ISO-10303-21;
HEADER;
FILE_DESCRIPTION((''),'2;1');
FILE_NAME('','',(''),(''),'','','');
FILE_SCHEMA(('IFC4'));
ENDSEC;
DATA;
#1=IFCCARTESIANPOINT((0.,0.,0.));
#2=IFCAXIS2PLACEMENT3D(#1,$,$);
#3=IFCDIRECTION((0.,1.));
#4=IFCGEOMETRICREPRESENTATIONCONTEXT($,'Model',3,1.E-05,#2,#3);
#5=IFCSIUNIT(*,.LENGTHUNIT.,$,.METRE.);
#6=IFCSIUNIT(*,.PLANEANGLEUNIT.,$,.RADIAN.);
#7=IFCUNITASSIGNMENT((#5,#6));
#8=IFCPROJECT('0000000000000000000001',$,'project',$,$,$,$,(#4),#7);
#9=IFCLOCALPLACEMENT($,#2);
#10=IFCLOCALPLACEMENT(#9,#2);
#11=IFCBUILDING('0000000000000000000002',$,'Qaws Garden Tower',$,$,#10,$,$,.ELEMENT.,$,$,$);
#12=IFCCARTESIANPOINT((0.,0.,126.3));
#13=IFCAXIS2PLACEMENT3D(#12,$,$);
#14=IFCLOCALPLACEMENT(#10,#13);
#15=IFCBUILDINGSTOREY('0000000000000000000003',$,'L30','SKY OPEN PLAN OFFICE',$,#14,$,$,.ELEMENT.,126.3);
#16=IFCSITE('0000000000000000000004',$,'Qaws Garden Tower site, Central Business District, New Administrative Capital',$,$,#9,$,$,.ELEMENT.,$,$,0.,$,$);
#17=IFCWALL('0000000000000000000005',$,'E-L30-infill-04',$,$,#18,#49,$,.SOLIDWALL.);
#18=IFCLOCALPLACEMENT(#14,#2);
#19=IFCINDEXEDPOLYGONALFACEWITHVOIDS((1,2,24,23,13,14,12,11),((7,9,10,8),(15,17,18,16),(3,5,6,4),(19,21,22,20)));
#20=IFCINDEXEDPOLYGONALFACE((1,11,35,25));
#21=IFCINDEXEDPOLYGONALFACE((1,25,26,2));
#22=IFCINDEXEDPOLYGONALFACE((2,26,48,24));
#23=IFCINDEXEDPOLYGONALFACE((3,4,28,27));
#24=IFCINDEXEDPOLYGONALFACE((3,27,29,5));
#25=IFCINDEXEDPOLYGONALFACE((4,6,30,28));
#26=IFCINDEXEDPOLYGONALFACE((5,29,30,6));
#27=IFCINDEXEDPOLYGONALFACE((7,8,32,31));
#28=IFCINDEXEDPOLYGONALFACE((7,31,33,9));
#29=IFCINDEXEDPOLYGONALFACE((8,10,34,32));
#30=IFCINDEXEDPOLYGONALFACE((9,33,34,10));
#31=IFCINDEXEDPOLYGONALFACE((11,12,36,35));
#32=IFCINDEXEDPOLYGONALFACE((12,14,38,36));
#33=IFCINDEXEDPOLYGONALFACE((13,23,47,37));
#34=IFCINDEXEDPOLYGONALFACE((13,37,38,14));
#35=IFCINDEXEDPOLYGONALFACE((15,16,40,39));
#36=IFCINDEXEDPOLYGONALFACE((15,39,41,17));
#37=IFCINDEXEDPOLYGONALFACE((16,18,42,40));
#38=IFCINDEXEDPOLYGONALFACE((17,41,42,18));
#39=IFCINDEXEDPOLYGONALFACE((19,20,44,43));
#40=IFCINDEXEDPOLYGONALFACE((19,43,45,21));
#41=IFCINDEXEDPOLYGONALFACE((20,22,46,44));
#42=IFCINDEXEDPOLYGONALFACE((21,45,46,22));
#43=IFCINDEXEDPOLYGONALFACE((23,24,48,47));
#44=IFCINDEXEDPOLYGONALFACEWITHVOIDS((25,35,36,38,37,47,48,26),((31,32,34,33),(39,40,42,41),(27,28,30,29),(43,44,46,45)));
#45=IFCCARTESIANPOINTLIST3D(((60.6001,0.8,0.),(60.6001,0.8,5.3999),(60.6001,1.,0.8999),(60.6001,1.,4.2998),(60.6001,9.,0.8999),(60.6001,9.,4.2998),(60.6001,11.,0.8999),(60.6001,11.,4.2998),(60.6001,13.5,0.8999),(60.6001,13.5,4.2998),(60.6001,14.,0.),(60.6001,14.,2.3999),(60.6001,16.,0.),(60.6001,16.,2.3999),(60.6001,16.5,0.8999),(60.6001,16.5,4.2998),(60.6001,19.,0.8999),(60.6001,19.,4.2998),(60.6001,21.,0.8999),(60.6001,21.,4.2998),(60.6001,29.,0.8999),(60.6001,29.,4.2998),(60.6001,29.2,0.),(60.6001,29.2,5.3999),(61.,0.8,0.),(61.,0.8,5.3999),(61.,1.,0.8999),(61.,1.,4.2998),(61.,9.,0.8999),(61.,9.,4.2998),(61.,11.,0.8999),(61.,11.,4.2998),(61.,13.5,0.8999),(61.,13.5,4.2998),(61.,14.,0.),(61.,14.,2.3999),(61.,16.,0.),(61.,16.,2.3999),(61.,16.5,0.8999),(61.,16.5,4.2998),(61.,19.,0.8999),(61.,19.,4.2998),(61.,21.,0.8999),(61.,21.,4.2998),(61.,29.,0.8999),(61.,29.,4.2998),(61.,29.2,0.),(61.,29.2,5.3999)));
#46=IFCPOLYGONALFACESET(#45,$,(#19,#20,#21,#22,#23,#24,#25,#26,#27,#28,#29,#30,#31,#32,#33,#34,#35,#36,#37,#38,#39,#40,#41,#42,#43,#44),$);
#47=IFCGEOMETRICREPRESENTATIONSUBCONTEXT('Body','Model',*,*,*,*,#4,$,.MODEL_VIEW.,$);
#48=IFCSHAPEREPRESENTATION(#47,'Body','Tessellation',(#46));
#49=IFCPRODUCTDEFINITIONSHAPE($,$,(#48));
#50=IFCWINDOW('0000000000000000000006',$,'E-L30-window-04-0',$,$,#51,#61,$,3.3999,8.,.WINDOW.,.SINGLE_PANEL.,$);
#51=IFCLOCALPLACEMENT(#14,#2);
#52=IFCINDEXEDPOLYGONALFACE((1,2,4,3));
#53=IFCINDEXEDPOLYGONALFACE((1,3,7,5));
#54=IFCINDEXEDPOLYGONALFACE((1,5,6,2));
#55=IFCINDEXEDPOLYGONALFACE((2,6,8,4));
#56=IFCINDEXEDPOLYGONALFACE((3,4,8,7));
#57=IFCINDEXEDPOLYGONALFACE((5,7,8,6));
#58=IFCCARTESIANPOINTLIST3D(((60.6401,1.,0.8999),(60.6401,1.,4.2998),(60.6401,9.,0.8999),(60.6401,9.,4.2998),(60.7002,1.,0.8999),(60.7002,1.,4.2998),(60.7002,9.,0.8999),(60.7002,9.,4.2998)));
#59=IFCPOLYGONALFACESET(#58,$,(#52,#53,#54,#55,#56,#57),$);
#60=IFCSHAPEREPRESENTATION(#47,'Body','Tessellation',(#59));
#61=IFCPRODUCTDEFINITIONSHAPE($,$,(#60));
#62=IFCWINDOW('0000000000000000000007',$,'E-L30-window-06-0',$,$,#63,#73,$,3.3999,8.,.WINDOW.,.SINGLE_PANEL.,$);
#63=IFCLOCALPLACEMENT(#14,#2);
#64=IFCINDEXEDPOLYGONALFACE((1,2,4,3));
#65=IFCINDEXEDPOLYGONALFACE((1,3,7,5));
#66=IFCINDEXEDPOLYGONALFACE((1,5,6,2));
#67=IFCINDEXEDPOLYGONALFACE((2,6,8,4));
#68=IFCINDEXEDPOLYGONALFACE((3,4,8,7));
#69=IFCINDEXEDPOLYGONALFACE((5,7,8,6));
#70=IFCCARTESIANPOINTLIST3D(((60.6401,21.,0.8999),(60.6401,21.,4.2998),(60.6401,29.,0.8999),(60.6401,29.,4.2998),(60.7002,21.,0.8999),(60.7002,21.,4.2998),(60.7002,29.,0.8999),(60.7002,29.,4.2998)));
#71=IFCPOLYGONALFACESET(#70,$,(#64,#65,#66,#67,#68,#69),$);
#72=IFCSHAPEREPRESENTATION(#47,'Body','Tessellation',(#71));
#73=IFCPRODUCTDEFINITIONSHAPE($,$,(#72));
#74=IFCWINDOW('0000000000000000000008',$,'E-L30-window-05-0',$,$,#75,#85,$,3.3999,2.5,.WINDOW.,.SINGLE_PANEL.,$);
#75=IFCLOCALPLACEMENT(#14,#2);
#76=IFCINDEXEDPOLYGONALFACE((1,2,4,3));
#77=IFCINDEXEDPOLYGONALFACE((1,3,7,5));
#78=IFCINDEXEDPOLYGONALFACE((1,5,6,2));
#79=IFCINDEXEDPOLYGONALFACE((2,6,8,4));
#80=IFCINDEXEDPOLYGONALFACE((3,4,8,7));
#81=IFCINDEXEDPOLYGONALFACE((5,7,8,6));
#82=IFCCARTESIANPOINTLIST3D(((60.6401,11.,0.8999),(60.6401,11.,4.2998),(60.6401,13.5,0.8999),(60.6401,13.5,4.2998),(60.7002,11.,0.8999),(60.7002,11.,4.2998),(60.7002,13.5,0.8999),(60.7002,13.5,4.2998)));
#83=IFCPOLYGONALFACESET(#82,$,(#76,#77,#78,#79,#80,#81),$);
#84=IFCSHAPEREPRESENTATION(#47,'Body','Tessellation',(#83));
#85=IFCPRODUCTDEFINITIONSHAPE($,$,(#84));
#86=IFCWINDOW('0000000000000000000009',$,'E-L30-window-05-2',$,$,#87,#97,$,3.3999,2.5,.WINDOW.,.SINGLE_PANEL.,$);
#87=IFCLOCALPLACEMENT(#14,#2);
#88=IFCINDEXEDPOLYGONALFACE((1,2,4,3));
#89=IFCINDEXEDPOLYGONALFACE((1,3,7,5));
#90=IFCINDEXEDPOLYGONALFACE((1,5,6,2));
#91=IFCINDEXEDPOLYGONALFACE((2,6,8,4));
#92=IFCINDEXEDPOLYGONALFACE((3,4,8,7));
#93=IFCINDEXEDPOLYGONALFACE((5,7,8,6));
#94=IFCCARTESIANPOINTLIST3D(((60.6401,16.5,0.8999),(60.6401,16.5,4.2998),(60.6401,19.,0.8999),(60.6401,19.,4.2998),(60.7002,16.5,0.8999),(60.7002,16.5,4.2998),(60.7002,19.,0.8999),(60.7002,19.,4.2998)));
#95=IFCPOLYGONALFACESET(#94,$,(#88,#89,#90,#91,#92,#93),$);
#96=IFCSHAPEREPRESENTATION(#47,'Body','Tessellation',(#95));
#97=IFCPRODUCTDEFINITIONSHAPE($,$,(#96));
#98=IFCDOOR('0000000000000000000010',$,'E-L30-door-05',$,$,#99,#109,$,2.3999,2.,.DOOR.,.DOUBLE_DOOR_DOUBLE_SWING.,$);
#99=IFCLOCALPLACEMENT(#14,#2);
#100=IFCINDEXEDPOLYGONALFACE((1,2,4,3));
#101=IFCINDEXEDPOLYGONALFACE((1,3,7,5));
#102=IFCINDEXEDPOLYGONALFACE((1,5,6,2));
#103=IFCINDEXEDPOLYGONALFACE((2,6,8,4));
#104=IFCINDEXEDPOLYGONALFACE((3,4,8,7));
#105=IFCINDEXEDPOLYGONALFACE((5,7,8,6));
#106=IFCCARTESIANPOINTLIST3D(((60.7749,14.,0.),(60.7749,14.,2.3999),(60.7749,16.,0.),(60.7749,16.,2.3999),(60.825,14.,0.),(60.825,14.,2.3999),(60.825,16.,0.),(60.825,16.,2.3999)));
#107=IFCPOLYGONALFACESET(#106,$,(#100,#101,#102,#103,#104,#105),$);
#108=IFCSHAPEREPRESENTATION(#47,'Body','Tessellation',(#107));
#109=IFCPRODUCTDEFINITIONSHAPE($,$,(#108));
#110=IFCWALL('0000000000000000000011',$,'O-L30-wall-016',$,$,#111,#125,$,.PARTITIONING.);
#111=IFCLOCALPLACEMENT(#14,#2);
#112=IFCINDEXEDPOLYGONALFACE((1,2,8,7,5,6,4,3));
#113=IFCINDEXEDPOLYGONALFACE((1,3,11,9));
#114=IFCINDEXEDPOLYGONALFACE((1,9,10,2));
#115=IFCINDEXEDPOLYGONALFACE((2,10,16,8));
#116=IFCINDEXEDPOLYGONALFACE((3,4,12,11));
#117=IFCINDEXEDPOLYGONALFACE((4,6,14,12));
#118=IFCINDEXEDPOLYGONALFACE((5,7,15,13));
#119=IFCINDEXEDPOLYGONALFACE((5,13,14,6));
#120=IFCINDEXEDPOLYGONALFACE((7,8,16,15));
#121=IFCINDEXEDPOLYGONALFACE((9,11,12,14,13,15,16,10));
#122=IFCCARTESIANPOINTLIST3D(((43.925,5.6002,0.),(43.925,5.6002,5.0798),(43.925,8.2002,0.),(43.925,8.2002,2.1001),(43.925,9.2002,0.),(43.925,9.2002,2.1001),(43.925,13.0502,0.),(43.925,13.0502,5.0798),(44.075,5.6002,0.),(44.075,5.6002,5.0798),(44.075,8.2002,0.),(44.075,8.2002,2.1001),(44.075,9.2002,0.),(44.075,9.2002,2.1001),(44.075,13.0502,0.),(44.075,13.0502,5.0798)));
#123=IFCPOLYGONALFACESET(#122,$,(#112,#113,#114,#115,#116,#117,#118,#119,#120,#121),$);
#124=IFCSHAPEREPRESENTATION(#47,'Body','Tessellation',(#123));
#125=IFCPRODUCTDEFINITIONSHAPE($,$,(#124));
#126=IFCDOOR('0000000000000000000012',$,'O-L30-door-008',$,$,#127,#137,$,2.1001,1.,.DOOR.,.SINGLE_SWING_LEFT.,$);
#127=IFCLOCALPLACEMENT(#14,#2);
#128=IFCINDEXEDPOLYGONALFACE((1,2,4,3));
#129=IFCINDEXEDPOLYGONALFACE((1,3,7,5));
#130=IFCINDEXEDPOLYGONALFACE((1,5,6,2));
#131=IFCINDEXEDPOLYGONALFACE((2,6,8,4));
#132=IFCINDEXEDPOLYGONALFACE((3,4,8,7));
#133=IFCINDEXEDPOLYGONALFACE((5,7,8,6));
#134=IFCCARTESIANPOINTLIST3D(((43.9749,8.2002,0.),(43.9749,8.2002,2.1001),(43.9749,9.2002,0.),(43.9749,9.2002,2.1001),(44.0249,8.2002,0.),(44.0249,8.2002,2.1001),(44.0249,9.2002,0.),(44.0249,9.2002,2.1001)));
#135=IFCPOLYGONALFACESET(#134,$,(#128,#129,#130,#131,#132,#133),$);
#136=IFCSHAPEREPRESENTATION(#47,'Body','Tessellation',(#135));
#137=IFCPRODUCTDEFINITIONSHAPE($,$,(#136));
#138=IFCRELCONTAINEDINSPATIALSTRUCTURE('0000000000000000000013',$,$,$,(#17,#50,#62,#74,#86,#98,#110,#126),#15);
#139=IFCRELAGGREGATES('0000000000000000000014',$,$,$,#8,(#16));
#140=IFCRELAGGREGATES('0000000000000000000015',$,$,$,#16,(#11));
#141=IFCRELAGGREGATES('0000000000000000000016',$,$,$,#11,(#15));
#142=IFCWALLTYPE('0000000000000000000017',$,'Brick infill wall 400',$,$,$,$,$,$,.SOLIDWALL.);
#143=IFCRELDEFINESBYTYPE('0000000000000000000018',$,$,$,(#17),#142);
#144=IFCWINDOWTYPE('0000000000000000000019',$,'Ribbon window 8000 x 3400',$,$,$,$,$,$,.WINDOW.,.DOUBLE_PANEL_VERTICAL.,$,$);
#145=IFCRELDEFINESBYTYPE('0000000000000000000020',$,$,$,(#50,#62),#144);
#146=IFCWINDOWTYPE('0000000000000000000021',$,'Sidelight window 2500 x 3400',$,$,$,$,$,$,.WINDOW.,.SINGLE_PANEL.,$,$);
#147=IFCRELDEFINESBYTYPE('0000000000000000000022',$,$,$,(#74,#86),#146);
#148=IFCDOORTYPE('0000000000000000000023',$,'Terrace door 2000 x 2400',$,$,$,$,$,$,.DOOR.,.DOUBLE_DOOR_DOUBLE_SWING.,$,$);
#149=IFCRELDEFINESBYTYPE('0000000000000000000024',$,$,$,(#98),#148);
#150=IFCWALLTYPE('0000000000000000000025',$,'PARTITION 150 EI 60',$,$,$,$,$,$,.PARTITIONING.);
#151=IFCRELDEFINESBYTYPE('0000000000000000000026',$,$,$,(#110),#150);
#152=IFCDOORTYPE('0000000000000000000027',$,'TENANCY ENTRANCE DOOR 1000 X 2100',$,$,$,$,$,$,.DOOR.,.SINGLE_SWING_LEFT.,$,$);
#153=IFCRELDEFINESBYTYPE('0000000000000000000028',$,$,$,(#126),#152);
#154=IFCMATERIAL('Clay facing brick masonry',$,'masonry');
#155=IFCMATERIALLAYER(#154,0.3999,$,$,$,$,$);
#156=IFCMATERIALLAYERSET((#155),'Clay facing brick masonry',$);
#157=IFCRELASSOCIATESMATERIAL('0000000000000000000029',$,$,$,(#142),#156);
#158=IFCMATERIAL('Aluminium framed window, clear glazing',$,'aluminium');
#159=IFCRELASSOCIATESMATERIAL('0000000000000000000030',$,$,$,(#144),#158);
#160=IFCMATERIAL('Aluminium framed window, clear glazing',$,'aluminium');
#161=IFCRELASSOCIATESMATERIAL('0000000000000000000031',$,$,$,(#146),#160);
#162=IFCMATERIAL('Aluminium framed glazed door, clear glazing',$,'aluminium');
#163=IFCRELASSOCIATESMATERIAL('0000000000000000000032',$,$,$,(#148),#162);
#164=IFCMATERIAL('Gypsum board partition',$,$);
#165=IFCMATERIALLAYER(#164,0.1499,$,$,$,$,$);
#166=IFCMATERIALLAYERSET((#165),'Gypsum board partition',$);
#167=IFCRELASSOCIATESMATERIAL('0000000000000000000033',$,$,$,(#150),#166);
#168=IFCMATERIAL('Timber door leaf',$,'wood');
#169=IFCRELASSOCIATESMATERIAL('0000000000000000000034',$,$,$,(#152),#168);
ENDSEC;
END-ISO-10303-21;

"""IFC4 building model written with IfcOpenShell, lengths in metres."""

from ifc_helpers import new_model, si_unit, direction, frame, frame_2d, origin, place, context, subcontext, project, spatial, rectangle, extrude, material, layer, layer_set, type_object, element, fill, save


model = new_model("IFC4")

# Units and contexts
model_context = context("Model", 3, precision=1e-05, world=origin(), true_north=direction((0.0, 1.0)))
body_context = subcontext(model_context, "Body", "Model", "MODEL_VIEW")
ifc_project = project(units=[si_unit("LENGTHUNIT", "METRE"), si_unit("PLANEANGLEUNIT", "RADIAN")], contexts=[model_context])

# Site, building, storey
site_placement = place(None, origin())
site = spatial("IfcSite", under=ifc_project, at=site_placement, Name="Qaws Garden Tower site, Central Business District, New Administrative Capital", CompositionType="ELEMENT", RefElevation=0.0)
building_placement = place(site_placement, origin())
building = spatial("IfcBuilding", under=site, at=building_placement, Name="Qaws Garden Tower", CompositionType="ELEMENT")
storey_placement = place(building_placement, frame((0.0, 0.0, 126.3)))
storey = spatial("IfcBuildingStorey", under=building, at=storey_placement, Name="L30", Description="SKY OPEN PLAN OFFICE", CompositionType="ELEMENT", Elevation=126.3)

# Wall, openings, windows, door
ifc_material_1 = material(Name="Clay facing brick masonry", Category="masonry")
ifc_layer_1 = layer(ifc_material_1, 0.3999)
ifc_layer_set_1 = layer_set([ifc_layer_1], Name="Clay facing brick masonry")
wall_type_1 = type_object("IfcWallType", Name="Brick infill wall 400", PredefinedType="SOLIDWALL", material=ifc_layer_set_1)
wall_1_placement = place(storey_placement, frame((60.8, 0.8, 0.0), z_axis=(0.0, 0.0, 1.0), x_axis=(0.0, 1.0, 0.0)))
wall_1 = element("IfcWall", 1, at=wall_1_placement, inside=storey, type_object=wall_type_1, Name="E-L30-infill-04", PredefinedType="SOLIDWALL", context=body_context, shape_type="SweptSolid", body=[
    extrude(rectangle(XDim=28.3999, YDim=0.3999, at=frame_2d((14.2, 0.0))), origin(), (0.0, 0.0, 1.0), 5.3999),
])
opening_1_placement = place(wall_1_placement, frame((0.2, 0.0, 0.8999)))
opening_1 = element("IfcOpeningElement", 2, at=opening_1_placement, cuts=wall_1, PredefinedType="OPENING", context=body_context, shape_type="SweptSolid", body=[
    extrude(rectangle(XDim=8.0, YDim=3.3999, at=frame_2d((4.0, 1.7))), frame((0.0, 0.21, 0.0), z_axis=(0.0, -1.0, 0.0), x_axis=(1.0, 0.0, 0.0)), (0.0, 0.0, 1.0), 0.4199),
])
opening_2_placement = place(wall_1_placement, frame((10.2, 0.0, 0.8999)))
opening_2 = element("IfcOpeningElement", 3, at=opening_2_placement, cuts=wall_1, PredefinedType="OPENING", context=body_context, shape_type="SweptSolid", body=[
    extrude(rectangle(XDim=2.5, YDim=3.3999, at=frame_2d((1.25, 1.7))), frame((0.0, 0.21, 0.0), z_axis=(0.0, -1.0, 0.0), x_axis=(1.0, 0.0, 0.0)), (0.0, 0.0, 1.0), 0.4199),
])
opening_3_placement = place(wall_1_placement, frame((13.2, 0.0, 0.0)))
opening_3 = element("IfcOpeningElement", 4, at=opening_3_placement, cuts=wall_1, PredefinedType="OPENING", context=body_context, shape_type="SweptSolid", body=[
    extrude(rectangle(XDim=2.0, YDim=2.3999, at=frame_2d((1.0, 1.2))), frame((0.0, 0.21, 0.0), z_axis=(0.0, -1.0, 0.0), x_axis=(1.0, 0.0, 0.0)), (0.0, 0.0, 1.0), 0.4199),
])
opening_4_placement = place(wall_1_placement, frame((15.7, 0.0, 0.8999)))
opening_4 = element("IfcOpeningElement", 5, at=opening_4_placement, cuts=wall_1, PredefinedType="OPENING", context=body_context, shape_type="SweptSolid", body=[
    extrude(rectangle(XDim=2.5, YDim=3.3999, at=frame_2d((1.25, 1.7))), frame((0.0, 0.21, 0.0), z_axis=(0.0, -1.0, 0.0), x_axis=(1.0, 0.0, 0.0)), (0.0, 0.0, 1.0), 0.4199),
])
opening_5_placement = place(wall_1_placement, frame((20.2, 0.0, 0.8999)))
opening_5 = element("IfcOpeningElement", 6, at=opening_5_placement, cuts=wall_1, PredefinedType="OPENING", context=body_context, shape_type="SweptSolid", body=[
    extrude(rectangle(XDim=8.0, YDim=3.3999, at=frame_2d((4.0, 1.7))), frame((0.0, 0.21, 0.0), z_axis=(0.0, -1.0, 0.0), x_axis=(1.0, 0.0, 0.0)), (0.0, 0.0, 1.0), 0.4199),
])
ifc_material_2 = material(Name="Aluminium framed window, clear glazing", Category="aluminium")
window_type_1 = type_object("IfcWindowType", Name="Ribbon window 8000 x 3400", PartitioningType="DOUBLE_PANEL_VERTICAL", PredefinedType="WINDOW", material=ifc_material_2)
window_1_placement = place(opening_1_placement, origin())
window_1 = element("IfcWindow", 7, at=window_1_placement, inside=storey, type_object=window_type_1, Name="E-L30-window-04-0", OverallHeight=3.3999, OverallWidth=8.0, PartitioningType="SINGLE_PANEL", PredefinedType="WINDOW", context=body_context, shape_type="SweptSolid", body=[
    extrude(rectangle(XDim=8.0, YDim=3.3999, at=frame_2d((4.0, 1.7))), frame((0.0, 0.1599, 0.0), z_axis=(0.0, -1.0, 0.0), x_axis=(1.0, 0.0, 0.0)), (0.0, 0.0, 1.0), 0.0601),
])
fill(opening_1, window_1)
window_2_placement = place(opening_5_placement, origin())
window_2 = element("IfcWindow", 8, at=window_2_placement, inside=storey, type_object=window_type_1, Name="E-L30-window-06-0", OverallHeight=3.3999, OverallWidth=8.0, PartitioningType="SINGLE_PANEL", PredefinedType="WINDOW", context=body_context, shape_type="SweptSolid", body=[
    extrude(rectangle(XDim=8.0, YDim=3.3999, at=frame_2d((4.0, 1.7))), frame((0.0, 0.1599, 0.0), z_axis=(0.0, -1.0, 0.0), x_axis=(1.0, 0.0, 0.0)), (0.0, 0.0, 1.0), 0.0601),
])
fill(opening_5, window_2)
ifc_material_3 = material(Name="Aluminium framed window, clear glazing", Category="aluminium")
window_type_2 = type_object("IfcWindowType", Name="Sidelight window 2500 x 3400", PartitioningType="SINGLE_PANEL", PredefinedType="WINDOW", material=ifc_material_3)
window_3_placement = place(opening_2_placement, origin())
window_3 = element("IfcWindow", 9, at=window_3_placement, inside=storey, type_object=window_type_2, Name="E-L30-window-05-0", OverallHeight=3.3999, OverallWidth=2.5, PartitioningType="SINGLE_PANEL", PredefinedType="WINDOW", context=body_context, shape_type="SweptSolid", body=[
    extrude(rectangle(XDim=2.5, YDim=3.3999, at=frame_2d((1.25, 1.7))), frame((0.0, 0.1599, 0.0), z_axis=(0.0, -1.0, 0.0), x_axis=(1.0, 0.0, 0.0)), (0.0, 0.0, 1.0), 0.0601),
])
fill(opening_2, window_3)
window_4_placement = place(opening_4_placement, origin())
window_4 = element("IfcWindow", 10, at=window_4_placement, inside=storey, type_object=window_type_2, Name="E-L30-window-05-2", OverallHeight=3.3999, OverallWidth=2.5, PartitioningType="SINGLE_PANEL", PredefinedType="WINDOW", context=body_context, shape_type="SweptSolid", body=[
    extrude(rectangle(XDim=2.5, YDim=3.3999, at=frame_2d((1.25, 1.7))), frame((0.0, 0.1599, 0.0), z_axis=(0.0, -1.0, 0.0), x_axis=(1.0, 0.0, 0.0)), (0.0, 0.0, 1.0), 0.0601),
])
fill(opening_4, window_4)
ifc_material_4 = material(Name="Aluminium framed glazed door, clear glazing", Category="aluminium")
door_type_1 = type_object("IfcDoorType", Name="Terrace door 2000 x 2400", OperationType="DOUBLE_DOOR_DOUBLE_SWING", PredefinedType="DOOR", material=ifc_material_4)
door_1_placement = place(opening_3_placement, frame((2.0, 0.0, 0.0), z_axis=(0.0, 0.0, 1.0), x_axis=(-1.0, 0.0, 0.0)))
door_1 = element("IfcDoor", 11, at=door_1_placement, inside=storey, type_object=door_type_1, Name="E-L30-door-05", OperationType="DOUBLE_DOOR_DOUBLE_SWING", OverallHeight=2.3999, OverallWidth=2.0, PredefinedType="DOOR", context=body_context, shape_type="SweptSolid", body=[
    extrude(rectangle(XDim=2.0, YDim=2.3999, at=frame_2d((1.0, 1.2))), frame((0.0, 0.0249, 0.0), z_axis=(0.0, -1.0, 0.0), x_axis=(1.0, 0.0, 0.0)), (0.0, 0.0, 1.0), 0.05),
])
fill(opening_3, door_1)

# Wall, opening, door
ifc_material_5 = material(Name="Gypsum board partition")
ifc_layer_2 = layer(ifc_material_5, 0.1499)
ifc_layer_set_2 = layer_set([ifc_layer_2], Name="Gypsum board partition")
wall_type_2 = type_object("IfcWallType", Name="PARTITION 150 EI 60", PredefinedType="PARTITIONING", material=ifc_layer_set_2)
wall_2_placement = place(storey_placement, frame((44.0, 5.6001, 0.0), z_axis=(0.0, 0.0, 1.0), x_axis=(0.0, 1.0, 0.0)))
wall_2 = element("IfcWall", 12, at=wall_2_placement, inside=storey, type_object=wall_type_2, Name="O-L30-wall-016", PredefinedType="PARTITIONING", context=body_context, shape_type="SweptSolid", body=[
    extrude(rectangle(XDim=7.45, YDim=0.1499, at=frame_2d((3.7251, 0.0))), origin(), (0.0, 0.0, 1.0), 5.0798),
])
opening_6_placement = place(wall_2_placement, frame((2.6001, 0.0, 0.0)))
opening_6 = element("IfcOpeningElement", 13, at=opening_6_placement, cuts=wall_2, PredefinedType="OPENING", context=body_context, shape_type="SweptSolid", body=[
    extrude(rectangle(XDim=1.0, YDim=2.1001, at=frame_2d((0.5, 1.05))), frame((0.0, 0.085, 0.0), z_axis=(0.0, -1.0, 0.0), x_axis=(1.0, 0.0, 0.0)), (0.0, 0.0, 1.0), 0.1699),
])
ifc_material_6 = material(Name="Timber door leaf", Category="wood")
door_type_2 = type_object("IfcDoorType", Name="TENANCY ENTRANCE DOOR 1000 X 2100", OperationType="SINGLE_SWING_LEFT", PredefinedType="DOOR", material=ifc_material_6)
door_2_placement = place(opening_6_placement, frame((1.0, 0.0, 0.0), z_axis=(0.0, 0.0, 1.0), x_axis=(-1.0, 0.0, 0.0)))
door_2 = element("IfcDoor", 14, at=door_2_placement, inside=storey, type_object=door_type_2, Name="O-L30-door-008", OperationType="SINGLE_SWING_LEFT", OverallHeight=2.1001, OverallWidth=1.0, PredefinedType="DOOR", context=body_context, shape_type="SweptSolid", body=[
    extrude(rectangle(XDim=1.0, YDim=2.1001, at=frame_2d((0.5, 1.05))), frame((0.0, 0.0249, 0.0), z_axis=(0.0, -1.0, 0.0), x_axis=(1.0, 0.0, 0.0)), (0.0, 0.0, 1.0), 0.05),
])
fill(opening_6, door_2)

save(model, "model.ifc")
